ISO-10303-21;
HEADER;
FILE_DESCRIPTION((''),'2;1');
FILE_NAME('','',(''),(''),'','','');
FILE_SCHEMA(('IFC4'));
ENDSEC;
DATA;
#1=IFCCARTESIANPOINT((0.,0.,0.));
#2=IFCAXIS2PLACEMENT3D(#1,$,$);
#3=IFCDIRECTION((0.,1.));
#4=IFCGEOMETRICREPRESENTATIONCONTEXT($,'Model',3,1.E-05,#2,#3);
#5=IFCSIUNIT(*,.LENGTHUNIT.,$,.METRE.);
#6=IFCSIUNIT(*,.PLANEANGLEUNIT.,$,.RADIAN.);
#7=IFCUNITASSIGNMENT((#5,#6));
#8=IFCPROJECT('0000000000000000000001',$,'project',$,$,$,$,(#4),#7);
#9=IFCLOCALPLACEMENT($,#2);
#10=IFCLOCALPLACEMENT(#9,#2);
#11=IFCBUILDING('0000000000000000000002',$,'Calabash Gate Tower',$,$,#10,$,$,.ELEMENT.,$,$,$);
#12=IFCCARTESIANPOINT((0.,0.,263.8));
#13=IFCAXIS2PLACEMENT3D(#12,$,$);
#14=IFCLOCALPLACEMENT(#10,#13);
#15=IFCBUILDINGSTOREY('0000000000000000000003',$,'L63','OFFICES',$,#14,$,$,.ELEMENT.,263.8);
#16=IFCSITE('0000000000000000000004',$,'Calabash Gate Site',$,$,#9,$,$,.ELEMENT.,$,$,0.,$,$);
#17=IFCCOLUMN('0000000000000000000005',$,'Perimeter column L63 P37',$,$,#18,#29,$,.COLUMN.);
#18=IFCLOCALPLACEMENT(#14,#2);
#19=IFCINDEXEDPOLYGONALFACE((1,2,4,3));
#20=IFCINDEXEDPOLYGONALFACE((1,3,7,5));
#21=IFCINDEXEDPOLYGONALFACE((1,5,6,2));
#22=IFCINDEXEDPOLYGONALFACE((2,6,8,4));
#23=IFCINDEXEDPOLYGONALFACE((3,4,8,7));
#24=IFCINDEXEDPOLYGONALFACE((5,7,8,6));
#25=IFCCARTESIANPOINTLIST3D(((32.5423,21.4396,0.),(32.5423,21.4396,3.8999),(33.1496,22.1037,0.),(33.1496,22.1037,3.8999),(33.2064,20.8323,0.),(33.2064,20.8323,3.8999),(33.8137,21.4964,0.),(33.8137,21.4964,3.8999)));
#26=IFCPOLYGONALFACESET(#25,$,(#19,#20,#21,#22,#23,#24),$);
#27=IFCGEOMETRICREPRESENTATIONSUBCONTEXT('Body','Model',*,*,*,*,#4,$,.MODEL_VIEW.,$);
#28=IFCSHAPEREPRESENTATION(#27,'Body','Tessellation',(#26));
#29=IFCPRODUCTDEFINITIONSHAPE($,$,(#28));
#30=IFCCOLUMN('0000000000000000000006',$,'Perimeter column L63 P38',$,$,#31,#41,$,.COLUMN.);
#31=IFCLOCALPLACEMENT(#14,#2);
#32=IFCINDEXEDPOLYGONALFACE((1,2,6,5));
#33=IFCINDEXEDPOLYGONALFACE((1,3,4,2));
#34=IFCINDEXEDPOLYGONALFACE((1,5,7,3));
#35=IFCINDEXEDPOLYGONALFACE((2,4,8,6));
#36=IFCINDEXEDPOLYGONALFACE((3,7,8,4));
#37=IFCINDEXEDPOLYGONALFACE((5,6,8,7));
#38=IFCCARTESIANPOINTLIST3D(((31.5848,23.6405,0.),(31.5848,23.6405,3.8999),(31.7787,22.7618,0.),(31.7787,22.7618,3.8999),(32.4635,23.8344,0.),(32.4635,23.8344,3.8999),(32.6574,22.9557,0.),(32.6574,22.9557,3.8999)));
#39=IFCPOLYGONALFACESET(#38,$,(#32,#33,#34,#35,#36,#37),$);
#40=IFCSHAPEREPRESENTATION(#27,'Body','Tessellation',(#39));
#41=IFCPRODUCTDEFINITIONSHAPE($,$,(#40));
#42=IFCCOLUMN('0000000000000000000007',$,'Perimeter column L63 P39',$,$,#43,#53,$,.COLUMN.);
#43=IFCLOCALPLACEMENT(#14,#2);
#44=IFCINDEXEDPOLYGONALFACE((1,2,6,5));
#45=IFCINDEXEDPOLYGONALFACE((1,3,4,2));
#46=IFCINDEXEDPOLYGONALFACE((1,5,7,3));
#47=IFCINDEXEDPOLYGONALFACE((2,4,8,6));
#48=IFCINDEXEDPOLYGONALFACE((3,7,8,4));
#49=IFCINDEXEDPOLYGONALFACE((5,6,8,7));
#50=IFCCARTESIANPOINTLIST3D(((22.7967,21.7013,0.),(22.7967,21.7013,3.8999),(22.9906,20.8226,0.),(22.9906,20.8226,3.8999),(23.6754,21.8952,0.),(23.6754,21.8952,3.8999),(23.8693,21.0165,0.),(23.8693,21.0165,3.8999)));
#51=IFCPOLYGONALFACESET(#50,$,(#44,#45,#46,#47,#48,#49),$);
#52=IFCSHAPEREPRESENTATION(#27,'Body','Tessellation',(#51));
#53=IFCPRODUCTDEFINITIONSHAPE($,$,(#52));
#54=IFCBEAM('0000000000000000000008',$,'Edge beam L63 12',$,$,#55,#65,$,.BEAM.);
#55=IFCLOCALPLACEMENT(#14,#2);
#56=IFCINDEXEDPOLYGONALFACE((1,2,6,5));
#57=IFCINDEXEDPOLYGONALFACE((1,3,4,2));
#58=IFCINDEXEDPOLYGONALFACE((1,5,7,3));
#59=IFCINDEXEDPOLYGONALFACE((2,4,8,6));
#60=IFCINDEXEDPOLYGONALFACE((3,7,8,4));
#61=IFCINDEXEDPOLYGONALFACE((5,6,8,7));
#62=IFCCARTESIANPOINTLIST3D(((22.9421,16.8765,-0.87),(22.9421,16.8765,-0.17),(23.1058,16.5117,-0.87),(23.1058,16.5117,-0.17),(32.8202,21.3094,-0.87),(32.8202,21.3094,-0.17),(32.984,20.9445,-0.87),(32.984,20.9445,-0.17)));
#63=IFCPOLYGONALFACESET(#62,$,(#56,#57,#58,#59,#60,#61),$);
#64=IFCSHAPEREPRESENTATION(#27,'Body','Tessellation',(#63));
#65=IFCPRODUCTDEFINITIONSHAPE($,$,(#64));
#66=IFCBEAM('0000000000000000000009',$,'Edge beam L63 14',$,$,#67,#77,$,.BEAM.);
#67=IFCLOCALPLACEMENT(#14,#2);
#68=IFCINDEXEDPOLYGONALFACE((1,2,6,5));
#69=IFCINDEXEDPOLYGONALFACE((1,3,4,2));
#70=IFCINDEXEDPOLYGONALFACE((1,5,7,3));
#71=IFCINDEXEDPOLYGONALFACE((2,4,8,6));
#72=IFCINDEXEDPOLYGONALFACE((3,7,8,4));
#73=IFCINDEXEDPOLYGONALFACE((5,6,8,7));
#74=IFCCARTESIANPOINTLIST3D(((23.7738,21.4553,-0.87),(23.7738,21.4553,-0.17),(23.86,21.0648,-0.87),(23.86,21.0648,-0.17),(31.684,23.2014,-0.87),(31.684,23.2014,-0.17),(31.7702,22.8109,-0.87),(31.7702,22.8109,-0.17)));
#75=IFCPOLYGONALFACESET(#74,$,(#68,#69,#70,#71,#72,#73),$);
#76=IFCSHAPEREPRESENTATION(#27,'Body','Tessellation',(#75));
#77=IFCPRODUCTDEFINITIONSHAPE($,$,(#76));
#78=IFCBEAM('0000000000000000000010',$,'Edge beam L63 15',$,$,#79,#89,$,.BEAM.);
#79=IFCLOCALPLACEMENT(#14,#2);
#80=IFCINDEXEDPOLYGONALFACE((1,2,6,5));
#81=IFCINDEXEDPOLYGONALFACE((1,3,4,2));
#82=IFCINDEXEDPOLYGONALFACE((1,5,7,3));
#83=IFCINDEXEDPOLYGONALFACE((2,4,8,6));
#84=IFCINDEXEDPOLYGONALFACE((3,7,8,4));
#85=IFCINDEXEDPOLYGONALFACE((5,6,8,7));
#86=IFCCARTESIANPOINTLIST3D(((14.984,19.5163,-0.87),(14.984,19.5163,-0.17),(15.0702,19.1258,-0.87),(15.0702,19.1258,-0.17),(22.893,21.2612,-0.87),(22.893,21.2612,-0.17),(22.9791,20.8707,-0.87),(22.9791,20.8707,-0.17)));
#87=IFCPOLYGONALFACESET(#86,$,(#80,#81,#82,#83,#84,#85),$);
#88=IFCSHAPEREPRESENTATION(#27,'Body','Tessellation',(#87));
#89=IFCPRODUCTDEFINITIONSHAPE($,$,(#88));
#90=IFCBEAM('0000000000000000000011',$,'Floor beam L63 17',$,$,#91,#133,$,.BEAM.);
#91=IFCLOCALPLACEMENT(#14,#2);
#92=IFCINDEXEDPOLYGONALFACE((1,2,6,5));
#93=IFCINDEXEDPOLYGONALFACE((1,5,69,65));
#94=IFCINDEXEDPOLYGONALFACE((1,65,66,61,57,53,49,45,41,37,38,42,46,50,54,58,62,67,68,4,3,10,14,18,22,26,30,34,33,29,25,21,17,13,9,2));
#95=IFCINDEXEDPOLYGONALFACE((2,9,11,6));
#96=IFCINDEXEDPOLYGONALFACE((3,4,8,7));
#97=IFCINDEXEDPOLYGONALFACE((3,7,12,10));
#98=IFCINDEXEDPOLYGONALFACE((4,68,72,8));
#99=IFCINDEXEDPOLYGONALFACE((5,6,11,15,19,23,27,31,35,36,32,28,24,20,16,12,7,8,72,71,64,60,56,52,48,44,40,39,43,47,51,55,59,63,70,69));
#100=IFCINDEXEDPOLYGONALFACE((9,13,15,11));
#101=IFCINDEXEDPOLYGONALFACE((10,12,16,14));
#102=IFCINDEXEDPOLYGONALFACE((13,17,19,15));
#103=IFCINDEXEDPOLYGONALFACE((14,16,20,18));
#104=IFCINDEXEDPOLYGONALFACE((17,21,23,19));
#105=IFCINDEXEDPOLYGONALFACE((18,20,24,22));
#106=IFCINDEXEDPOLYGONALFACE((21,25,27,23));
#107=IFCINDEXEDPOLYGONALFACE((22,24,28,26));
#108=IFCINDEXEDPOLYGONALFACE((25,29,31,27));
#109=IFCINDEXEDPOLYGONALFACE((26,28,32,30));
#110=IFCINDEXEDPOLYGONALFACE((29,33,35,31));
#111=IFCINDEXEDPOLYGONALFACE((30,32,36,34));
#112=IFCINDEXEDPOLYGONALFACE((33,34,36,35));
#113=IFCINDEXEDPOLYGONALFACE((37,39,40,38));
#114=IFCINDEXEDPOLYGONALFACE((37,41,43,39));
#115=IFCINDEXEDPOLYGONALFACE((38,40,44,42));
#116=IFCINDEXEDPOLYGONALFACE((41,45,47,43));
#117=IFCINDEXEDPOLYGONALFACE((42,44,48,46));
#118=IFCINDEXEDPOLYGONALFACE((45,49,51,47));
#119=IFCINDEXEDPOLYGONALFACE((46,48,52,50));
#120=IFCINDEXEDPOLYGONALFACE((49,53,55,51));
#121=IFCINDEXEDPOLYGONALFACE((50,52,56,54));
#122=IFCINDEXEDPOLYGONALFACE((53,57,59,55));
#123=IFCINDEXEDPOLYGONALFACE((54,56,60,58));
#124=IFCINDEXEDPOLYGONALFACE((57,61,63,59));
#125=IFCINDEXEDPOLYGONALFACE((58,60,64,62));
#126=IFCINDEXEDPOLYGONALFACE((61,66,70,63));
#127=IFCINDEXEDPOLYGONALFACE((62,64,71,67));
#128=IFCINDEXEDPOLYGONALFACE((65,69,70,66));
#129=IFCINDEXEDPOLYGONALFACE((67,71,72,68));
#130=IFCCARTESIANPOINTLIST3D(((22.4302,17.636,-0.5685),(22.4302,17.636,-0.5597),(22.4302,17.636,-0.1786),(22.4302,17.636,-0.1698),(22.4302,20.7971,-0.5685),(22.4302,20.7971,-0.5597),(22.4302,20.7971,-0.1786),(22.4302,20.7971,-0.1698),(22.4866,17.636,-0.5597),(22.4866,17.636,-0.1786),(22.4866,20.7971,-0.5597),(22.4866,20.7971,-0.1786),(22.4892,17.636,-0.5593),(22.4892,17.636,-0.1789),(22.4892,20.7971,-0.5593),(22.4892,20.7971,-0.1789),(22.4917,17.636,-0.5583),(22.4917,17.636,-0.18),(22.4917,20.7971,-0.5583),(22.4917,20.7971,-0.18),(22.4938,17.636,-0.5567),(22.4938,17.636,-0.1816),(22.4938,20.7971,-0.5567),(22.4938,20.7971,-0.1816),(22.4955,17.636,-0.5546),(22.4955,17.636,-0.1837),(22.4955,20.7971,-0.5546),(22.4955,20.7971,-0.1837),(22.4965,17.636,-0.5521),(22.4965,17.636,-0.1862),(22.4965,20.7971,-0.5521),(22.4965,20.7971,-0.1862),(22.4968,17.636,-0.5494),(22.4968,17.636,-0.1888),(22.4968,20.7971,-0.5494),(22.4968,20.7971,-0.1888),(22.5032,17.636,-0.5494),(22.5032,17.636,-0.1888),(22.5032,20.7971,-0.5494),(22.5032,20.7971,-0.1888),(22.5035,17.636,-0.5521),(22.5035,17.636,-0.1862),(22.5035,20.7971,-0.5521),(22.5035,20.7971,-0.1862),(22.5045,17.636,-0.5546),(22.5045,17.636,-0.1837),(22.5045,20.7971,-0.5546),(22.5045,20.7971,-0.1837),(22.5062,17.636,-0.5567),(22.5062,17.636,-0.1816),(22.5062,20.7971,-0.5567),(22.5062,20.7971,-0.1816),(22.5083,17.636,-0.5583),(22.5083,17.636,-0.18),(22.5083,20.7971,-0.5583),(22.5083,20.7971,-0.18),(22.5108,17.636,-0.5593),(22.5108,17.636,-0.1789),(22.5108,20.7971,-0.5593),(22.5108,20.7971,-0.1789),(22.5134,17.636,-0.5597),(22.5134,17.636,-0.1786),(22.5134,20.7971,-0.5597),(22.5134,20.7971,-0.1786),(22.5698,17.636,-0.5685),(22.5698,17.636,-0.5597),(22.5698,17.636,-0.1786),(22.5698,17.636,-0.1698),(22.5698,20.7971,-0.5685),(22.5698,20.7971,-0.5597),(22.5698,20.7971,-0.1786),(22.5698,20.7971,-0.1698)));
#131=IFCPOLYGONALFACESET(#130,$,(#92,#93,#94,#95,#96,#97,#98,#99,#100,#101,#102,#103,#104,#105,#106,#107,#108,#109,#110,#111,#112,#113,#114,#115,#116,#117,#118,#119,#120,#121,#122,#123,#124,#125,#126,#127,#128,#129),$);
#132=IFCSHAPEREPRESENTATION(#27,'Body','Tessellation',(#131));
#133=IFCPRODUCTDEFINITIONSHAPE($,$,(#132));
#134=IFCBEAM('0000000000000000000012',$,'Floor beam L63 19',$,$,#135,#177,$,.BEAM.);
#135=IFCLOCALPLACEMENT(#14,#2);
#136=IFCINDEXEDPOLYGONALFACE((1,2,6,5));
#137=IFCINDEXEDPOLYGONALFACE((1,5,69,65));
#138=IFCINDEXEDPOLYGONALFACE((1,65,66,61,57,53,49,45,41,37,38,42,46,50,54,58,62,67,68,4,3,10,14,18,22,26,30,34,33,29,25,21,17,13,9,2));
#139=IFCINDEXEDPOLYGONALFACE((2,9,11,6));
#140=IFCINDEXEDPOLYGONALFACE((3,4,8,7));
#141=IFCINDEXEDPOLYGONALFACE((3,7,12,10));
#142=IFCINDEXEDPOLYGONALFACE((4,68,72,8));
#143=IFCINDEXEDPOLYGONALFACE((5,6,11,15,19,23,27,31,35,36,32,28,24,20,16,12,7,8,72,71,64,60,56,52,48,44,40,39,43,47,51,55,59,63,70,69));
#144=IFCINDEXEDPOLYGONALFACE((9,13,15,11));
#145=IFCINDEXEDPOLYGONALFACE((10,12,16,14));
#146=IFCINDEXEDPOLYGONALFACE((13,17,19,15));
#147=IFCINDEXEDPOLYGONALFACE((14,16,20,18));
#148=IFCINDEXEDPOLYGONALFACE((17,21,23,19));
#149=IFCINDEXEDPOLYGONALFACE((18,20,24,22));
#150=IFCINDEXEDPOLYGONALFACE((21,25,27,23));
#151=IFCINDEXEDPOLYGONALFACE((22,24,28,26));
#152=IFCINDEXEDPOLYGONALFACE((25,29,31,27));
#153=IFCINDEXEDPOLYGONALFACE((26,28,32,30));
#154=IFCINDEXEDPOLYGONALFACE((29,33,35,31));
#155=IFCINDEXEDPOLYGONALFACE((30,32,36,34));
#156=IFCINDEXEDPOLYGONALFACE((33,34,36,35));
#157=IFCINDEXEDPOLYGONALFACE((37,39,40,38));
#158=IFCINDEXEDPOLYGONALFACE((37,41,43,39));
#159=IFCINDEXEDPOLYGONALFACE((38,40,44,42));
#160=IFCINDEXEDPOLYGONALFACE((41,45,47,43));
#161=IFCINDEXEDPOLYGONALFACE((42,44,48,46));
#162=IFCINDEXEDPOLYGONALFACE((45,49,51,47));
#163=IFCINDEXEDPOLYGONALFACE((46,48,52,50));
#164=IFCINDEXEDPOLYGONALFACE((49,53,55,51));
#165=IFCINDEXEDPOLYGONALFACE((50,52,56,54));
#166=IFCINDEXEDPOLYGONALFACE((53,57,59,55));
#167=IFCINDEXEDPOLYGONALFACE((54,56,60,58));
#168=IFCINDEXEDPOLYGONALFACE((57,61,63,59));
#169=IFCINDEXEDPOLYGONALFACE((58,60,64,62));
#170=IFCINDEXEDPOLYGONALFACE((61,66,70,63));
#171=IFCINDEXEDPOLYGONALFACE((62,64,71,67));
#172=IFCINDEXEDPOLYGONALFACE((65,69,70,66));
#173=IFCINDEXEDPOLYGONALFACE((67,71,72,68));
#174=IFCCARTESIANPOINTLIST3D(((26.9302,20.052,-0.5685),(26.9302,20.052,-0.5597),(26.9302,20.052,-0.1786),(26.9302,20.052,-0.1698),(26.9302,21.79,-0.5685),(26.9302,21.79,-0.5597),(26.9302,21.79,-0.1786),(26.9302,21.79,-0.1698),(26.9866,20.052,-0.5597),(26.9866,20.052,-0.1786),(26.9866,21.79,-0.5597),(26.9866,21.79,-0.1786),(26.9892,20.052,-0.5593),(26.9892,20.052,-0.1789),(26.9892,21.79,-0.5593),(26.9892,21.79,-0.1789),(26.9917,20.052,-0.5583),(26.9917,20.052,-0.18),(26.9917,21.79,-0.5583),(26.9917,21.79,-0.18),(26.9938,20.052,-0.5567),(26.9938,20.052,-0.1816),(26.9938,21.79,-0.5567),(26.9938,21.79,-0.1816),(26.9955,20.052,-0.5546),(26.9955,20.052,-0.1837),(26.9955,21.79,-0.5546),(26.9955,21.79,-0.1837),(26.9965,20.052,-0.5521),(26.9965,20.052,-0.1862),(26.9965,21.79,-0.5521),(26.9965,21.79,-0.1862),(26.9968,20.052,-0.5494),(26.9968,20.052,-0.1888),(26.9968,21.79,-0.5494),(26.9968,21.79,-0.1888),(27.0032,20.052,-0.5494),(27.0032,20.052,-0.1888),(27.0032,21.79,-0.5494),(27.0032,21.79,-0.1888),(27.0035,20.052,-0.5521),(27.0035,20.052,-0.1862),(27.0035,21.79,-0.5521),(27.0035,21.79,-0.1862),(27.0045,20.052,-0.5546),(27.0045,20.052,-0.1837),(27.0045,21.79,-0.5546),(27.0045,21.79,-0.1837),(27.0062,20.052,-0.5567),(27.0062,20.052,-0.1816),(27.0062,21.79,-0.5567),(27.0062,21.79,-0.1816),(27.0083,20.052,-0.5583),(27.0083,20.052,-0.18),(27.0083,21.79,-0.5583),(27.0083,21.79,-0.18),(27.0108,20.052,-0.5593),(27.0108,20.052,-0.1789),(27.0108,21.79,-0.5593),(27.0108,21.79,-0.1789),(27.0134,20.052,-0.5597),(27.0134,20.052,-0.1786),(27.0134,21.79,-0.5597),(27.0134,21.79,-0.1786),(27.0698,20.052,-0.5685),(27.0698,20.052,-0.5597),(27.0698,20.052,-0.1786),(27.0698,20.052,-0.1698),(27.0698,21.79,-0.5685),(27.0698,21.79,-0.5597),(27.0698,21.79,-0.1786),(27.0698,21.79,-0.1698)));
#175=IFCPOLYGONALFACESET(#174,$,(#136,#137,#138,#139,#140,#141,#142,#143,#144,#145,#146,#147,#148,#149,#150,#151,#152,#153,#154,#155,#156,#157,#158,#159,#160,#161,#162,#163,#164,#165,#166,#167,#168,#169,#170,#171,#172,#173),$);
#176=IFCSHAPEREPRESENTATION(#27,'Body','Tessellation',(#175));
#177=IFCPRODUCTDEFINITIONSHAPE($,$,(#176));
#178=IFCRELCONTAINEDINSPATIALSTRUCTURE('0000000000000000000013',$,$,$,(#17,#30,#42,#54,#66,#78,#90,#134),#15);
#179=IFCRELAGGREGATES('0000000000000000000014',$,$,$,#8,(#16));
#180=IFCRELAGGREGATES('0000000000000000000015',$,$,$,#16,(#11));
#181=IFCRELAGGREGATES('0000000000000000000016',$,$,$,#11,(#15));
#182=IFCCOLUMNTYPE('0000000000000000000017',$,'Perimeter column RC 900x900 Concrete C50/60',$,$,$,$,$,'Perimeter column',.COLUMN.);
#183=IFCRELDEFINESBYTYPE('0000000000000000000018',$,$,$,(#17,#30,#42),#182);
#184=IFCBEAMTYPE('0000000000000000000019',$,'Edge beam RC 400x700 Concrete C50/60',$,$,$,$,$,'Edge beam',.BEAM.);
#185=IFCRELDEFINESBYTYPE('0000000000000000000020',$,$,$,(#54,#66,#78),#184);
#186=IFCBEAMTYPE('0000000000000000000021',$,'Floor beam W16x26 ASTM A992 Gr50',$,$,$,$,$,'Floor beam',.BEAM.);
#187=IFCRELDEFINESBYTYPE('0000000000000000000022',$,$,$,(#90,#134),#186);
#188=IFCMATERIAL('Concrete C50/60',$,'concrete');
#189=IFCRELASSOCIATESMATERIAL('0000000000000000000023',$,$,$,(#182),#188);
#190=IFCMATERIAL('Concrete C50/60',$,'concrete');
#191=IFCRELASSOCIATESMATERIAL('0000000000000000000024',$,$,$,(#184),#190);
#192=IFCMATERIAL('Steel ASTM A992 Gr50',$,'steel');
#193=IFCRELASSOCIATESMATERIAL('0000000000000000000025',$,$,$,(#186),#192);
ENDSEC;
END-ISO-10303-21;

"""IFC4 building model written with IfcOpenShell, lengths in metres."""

from ifc_helpers import new_model, si_unit, direction, frame, origin, origin_2d, place, context, subcontext, project, spatial, rectangle, i_section, extrude, material, material_profile, profile_set, type_object, element, save


model = new_model("IFC4")

# Units and contexts
model_context = context("Model", 3, precision=1e-05, world=origin(), true_north=direction((0.0, 1.0)))
body_context = subcontext(model_context, "Body", "Model", "MODEL_VIEW")
ifc_project = project(units=[si_unit("LENGTHUNIT", "METRE"), si_unit("PLANEANGLEUNIT", "RADIAN")], contexts=[model_context])

# Site, building, storey
site_placement = place(None, origin())
site = spatial("IfcSite", under=ifc_project, at=site_placement, Name="Calabash Gate Site", CompositionType="ELEMENT", RefElevation=0.0)
building_placement = place(site_placement, origin())
building = spatial("IfcBuilding", under=site, at=building_placement, Name="Calabash Gate Tower", CompositionType="ELEMENT")
storey_placement = place(building_placement, frame((0.0, 0.0, 263.8)))
storey = spatial("IfcBuildingStorey", under=building, at=storey_placement, Name="L63", Description="OFFICES", CompositionType="ELEMENT", Elevation=263.8)

# Columns
ifc_material_1 = material(Name="Concrete C50/60", Category="concrete")
ifc_material_profile_1 = material_profile(ifc_material_1, rectangle(XDim=0.8999, YDim=0.8999, at=origin_2d()))
ifc_profile_set_1 = profile_set([ifc_material_profile_1], Name="Concrete C50/60")
column_type = type_object("IfcColumnType", Name="Perimeter column RC 900x900 Concrete C50/60", ElementType="Perimeter column", PredefinedType="COLUMN", material=ifc_profile_set_1)
for number, where, z_axis, x_axis, name in (
    (1, (33.178, 21.468, 0.0), (0.0, 0.0, 1.0), (0.674856, 0.737949, 0.0), "Perimeter column L63 P37"),
    (2, (32.1211, 23.2981, 0.0), (0.0, 0.0, 1.0), (-0.976511, -0.215468, 0.0), "Perimeter column L63 P38"),
    (3, (23.333, 21.3589, 0.0), (0.0, 0.0, 1.0), (-0.976511, -0.215468, 0.0), "Perimeter column L63 P39"),
):
    element("IfcColumn", number, at=place(storey_placement, frame(where, z_axis=z_axis, x_axis=x_axis)), inside=storey, type_object=column_type, Name=name, PredefinedType="COLUMN", context=body_context, shape_type="SweptSolid", body=[
        extrude(rectangle(XDim=0.8999, YDim=0.8999, at=origin_2d()), origin(), (0.0, 0.0, 1.0), 3.8999),
    ])

# Beams
ifc_material_2 = material(Name="Concrete C50/60", Category="concrete")
ifc_material_profile_2 = material_profile(ifc_material_2, rectangle(XDim=0.3999, YDim=0.7, at=origin_2d()))
ifc_profile_set_2 = profile_set([ifc_material_profile_2], Name="Concrete C50/60")
beam_type_1 = type_object("IfcBeamType", Name="Edge beam RC 400x700 Concrete C50/60", ElementType="Edge beam", PredefinedType="BEAM", material=ifc_profile_set_2)
beam_1_placement = place(storey_placement, frame((32.9021, 21.127, -0.52), z_axis=(-0.912347, -0.409418, 0.0), x_axis=(0.409418, -0.912347, 0.0)))
element("IfcBeam", 4, at=beam_1_placement, inside=storey, type_object=beam_type_1, Name="Edge beam L63 12", PredefinedType="BEAM", context=body_context, shape_type="SweptSolid", body=[
    extrude(rectangle(XDim=0.3999, YDim=0.7, at=origin_2d()), origin(), (0.0, 0.0, 1.0), 10.8271),
])
beam_2_placement = place(storey_placement, frame((31.7271, 23.0061, -0.52), z_axis=(-0.976492, -0.215552, 0.0), x_axis=(0.215552, -0.976492, 0.0)))
element("IfcBeam", 5, at=beam_2_placement, inside=storey, type_object=beam_type_1, Name="Edge beam L63 14", PredefinedType="BEAM", context=body_context, shape_type="SweptSolid", body=[
    extrude(rectangle(XDim=0.3999, YDim=0.7, at=origin_2d()), origin(), (0.0, 0.0, 1.0), 8.1006),
])
beam_3_placement = place(storey_placement, frame((22.936, 21.0659, -0.52), z_axis=(-0.976517, -0.21544, 0.0), x_axis=(0.21544, -0.976517, 0.0)))
element("IfcBeam", 6, at=beam_3_placement, inside=storey, type_object=beam_type_1, Name="Edge beam L63 15", PredefinedType="BEAM", context=body_context, shape_type="SweptSolid", body=[
    extrude(rectangle(XDim=0.3999, YDim=0.7, at=origin_2d()), origin(), (0.0, 0.0, 1.0), 8.0991),
])
ifc_material_3 = material(Name="Steel ASTM A992 Gr50", Category="steel")
ifc_material_profile_3 = material_profile(ifc_material_3, i_section(OverallWidth=0.1396, OverallDepth=0.3987, WebThickness=0.0063, FlangeThickness=0.0088, FilletRadius=0.0103, at=origin_2d()))
ifc_profile_set_3 = profile_set([ifc_material_profile_3], Name="Steel ASTM A992 Gr50")
beam_type_2 = type_object("IfcBeamType", Name="Floor beam W16x26 ASTM A992 Gr50", ElementType="Floor beam", PredefinedType="BEAM", material=ifc_profile_set_3)
beam_4_placement = place(storey_placement, frame((22.5, 17.636, -0.3691), z_axis=(0.0, 1.0, 0.0), x_axis=(-1.0, 0.0, 0.0)))
element("IfcBeam", 7, at=beam_4_placement, inside=storey, type_object=beam_type_2, Name="Floor beam L63 17", PredefinedType="BEAM", context=body_context, shape_type="SweptSolid", body=[
    extrude(i_section(OverallWidth=0.1396, OverallDepth=0.3987, WebThickness=0.0063, FlangeThickness=0.0088, FilletRadius=0.0103, at=origin_2d()), origin(), (0.0, 0.0, 1.0), 3.1611),
])
beam_5_placement = place(storey_placement, frame((27.0, 20.052, -0.3691), z_axis=(0.0, 1.0, 0.0), x_axis=(-1.0, 0.0, 0.0)))
element("IfcBeam", 8, at=beam_5_placement, inside=storey, type_object=beam_type_2, Name="Floor beam L63 19", PredefinedType="BEAM", context=body_context, shape_type="SweptSolid", body=[
    extrude(i_section(OverallWidth=0.1396, OverallDepth=0.3987, WebThickness=0.0063, FlangeThickness=0.0088, FilletRadius=0.0103, at=origin_2d()), origin(), (0.0, 0.0, 1.0), 1.738),
])

save(model, "model.ifc")
